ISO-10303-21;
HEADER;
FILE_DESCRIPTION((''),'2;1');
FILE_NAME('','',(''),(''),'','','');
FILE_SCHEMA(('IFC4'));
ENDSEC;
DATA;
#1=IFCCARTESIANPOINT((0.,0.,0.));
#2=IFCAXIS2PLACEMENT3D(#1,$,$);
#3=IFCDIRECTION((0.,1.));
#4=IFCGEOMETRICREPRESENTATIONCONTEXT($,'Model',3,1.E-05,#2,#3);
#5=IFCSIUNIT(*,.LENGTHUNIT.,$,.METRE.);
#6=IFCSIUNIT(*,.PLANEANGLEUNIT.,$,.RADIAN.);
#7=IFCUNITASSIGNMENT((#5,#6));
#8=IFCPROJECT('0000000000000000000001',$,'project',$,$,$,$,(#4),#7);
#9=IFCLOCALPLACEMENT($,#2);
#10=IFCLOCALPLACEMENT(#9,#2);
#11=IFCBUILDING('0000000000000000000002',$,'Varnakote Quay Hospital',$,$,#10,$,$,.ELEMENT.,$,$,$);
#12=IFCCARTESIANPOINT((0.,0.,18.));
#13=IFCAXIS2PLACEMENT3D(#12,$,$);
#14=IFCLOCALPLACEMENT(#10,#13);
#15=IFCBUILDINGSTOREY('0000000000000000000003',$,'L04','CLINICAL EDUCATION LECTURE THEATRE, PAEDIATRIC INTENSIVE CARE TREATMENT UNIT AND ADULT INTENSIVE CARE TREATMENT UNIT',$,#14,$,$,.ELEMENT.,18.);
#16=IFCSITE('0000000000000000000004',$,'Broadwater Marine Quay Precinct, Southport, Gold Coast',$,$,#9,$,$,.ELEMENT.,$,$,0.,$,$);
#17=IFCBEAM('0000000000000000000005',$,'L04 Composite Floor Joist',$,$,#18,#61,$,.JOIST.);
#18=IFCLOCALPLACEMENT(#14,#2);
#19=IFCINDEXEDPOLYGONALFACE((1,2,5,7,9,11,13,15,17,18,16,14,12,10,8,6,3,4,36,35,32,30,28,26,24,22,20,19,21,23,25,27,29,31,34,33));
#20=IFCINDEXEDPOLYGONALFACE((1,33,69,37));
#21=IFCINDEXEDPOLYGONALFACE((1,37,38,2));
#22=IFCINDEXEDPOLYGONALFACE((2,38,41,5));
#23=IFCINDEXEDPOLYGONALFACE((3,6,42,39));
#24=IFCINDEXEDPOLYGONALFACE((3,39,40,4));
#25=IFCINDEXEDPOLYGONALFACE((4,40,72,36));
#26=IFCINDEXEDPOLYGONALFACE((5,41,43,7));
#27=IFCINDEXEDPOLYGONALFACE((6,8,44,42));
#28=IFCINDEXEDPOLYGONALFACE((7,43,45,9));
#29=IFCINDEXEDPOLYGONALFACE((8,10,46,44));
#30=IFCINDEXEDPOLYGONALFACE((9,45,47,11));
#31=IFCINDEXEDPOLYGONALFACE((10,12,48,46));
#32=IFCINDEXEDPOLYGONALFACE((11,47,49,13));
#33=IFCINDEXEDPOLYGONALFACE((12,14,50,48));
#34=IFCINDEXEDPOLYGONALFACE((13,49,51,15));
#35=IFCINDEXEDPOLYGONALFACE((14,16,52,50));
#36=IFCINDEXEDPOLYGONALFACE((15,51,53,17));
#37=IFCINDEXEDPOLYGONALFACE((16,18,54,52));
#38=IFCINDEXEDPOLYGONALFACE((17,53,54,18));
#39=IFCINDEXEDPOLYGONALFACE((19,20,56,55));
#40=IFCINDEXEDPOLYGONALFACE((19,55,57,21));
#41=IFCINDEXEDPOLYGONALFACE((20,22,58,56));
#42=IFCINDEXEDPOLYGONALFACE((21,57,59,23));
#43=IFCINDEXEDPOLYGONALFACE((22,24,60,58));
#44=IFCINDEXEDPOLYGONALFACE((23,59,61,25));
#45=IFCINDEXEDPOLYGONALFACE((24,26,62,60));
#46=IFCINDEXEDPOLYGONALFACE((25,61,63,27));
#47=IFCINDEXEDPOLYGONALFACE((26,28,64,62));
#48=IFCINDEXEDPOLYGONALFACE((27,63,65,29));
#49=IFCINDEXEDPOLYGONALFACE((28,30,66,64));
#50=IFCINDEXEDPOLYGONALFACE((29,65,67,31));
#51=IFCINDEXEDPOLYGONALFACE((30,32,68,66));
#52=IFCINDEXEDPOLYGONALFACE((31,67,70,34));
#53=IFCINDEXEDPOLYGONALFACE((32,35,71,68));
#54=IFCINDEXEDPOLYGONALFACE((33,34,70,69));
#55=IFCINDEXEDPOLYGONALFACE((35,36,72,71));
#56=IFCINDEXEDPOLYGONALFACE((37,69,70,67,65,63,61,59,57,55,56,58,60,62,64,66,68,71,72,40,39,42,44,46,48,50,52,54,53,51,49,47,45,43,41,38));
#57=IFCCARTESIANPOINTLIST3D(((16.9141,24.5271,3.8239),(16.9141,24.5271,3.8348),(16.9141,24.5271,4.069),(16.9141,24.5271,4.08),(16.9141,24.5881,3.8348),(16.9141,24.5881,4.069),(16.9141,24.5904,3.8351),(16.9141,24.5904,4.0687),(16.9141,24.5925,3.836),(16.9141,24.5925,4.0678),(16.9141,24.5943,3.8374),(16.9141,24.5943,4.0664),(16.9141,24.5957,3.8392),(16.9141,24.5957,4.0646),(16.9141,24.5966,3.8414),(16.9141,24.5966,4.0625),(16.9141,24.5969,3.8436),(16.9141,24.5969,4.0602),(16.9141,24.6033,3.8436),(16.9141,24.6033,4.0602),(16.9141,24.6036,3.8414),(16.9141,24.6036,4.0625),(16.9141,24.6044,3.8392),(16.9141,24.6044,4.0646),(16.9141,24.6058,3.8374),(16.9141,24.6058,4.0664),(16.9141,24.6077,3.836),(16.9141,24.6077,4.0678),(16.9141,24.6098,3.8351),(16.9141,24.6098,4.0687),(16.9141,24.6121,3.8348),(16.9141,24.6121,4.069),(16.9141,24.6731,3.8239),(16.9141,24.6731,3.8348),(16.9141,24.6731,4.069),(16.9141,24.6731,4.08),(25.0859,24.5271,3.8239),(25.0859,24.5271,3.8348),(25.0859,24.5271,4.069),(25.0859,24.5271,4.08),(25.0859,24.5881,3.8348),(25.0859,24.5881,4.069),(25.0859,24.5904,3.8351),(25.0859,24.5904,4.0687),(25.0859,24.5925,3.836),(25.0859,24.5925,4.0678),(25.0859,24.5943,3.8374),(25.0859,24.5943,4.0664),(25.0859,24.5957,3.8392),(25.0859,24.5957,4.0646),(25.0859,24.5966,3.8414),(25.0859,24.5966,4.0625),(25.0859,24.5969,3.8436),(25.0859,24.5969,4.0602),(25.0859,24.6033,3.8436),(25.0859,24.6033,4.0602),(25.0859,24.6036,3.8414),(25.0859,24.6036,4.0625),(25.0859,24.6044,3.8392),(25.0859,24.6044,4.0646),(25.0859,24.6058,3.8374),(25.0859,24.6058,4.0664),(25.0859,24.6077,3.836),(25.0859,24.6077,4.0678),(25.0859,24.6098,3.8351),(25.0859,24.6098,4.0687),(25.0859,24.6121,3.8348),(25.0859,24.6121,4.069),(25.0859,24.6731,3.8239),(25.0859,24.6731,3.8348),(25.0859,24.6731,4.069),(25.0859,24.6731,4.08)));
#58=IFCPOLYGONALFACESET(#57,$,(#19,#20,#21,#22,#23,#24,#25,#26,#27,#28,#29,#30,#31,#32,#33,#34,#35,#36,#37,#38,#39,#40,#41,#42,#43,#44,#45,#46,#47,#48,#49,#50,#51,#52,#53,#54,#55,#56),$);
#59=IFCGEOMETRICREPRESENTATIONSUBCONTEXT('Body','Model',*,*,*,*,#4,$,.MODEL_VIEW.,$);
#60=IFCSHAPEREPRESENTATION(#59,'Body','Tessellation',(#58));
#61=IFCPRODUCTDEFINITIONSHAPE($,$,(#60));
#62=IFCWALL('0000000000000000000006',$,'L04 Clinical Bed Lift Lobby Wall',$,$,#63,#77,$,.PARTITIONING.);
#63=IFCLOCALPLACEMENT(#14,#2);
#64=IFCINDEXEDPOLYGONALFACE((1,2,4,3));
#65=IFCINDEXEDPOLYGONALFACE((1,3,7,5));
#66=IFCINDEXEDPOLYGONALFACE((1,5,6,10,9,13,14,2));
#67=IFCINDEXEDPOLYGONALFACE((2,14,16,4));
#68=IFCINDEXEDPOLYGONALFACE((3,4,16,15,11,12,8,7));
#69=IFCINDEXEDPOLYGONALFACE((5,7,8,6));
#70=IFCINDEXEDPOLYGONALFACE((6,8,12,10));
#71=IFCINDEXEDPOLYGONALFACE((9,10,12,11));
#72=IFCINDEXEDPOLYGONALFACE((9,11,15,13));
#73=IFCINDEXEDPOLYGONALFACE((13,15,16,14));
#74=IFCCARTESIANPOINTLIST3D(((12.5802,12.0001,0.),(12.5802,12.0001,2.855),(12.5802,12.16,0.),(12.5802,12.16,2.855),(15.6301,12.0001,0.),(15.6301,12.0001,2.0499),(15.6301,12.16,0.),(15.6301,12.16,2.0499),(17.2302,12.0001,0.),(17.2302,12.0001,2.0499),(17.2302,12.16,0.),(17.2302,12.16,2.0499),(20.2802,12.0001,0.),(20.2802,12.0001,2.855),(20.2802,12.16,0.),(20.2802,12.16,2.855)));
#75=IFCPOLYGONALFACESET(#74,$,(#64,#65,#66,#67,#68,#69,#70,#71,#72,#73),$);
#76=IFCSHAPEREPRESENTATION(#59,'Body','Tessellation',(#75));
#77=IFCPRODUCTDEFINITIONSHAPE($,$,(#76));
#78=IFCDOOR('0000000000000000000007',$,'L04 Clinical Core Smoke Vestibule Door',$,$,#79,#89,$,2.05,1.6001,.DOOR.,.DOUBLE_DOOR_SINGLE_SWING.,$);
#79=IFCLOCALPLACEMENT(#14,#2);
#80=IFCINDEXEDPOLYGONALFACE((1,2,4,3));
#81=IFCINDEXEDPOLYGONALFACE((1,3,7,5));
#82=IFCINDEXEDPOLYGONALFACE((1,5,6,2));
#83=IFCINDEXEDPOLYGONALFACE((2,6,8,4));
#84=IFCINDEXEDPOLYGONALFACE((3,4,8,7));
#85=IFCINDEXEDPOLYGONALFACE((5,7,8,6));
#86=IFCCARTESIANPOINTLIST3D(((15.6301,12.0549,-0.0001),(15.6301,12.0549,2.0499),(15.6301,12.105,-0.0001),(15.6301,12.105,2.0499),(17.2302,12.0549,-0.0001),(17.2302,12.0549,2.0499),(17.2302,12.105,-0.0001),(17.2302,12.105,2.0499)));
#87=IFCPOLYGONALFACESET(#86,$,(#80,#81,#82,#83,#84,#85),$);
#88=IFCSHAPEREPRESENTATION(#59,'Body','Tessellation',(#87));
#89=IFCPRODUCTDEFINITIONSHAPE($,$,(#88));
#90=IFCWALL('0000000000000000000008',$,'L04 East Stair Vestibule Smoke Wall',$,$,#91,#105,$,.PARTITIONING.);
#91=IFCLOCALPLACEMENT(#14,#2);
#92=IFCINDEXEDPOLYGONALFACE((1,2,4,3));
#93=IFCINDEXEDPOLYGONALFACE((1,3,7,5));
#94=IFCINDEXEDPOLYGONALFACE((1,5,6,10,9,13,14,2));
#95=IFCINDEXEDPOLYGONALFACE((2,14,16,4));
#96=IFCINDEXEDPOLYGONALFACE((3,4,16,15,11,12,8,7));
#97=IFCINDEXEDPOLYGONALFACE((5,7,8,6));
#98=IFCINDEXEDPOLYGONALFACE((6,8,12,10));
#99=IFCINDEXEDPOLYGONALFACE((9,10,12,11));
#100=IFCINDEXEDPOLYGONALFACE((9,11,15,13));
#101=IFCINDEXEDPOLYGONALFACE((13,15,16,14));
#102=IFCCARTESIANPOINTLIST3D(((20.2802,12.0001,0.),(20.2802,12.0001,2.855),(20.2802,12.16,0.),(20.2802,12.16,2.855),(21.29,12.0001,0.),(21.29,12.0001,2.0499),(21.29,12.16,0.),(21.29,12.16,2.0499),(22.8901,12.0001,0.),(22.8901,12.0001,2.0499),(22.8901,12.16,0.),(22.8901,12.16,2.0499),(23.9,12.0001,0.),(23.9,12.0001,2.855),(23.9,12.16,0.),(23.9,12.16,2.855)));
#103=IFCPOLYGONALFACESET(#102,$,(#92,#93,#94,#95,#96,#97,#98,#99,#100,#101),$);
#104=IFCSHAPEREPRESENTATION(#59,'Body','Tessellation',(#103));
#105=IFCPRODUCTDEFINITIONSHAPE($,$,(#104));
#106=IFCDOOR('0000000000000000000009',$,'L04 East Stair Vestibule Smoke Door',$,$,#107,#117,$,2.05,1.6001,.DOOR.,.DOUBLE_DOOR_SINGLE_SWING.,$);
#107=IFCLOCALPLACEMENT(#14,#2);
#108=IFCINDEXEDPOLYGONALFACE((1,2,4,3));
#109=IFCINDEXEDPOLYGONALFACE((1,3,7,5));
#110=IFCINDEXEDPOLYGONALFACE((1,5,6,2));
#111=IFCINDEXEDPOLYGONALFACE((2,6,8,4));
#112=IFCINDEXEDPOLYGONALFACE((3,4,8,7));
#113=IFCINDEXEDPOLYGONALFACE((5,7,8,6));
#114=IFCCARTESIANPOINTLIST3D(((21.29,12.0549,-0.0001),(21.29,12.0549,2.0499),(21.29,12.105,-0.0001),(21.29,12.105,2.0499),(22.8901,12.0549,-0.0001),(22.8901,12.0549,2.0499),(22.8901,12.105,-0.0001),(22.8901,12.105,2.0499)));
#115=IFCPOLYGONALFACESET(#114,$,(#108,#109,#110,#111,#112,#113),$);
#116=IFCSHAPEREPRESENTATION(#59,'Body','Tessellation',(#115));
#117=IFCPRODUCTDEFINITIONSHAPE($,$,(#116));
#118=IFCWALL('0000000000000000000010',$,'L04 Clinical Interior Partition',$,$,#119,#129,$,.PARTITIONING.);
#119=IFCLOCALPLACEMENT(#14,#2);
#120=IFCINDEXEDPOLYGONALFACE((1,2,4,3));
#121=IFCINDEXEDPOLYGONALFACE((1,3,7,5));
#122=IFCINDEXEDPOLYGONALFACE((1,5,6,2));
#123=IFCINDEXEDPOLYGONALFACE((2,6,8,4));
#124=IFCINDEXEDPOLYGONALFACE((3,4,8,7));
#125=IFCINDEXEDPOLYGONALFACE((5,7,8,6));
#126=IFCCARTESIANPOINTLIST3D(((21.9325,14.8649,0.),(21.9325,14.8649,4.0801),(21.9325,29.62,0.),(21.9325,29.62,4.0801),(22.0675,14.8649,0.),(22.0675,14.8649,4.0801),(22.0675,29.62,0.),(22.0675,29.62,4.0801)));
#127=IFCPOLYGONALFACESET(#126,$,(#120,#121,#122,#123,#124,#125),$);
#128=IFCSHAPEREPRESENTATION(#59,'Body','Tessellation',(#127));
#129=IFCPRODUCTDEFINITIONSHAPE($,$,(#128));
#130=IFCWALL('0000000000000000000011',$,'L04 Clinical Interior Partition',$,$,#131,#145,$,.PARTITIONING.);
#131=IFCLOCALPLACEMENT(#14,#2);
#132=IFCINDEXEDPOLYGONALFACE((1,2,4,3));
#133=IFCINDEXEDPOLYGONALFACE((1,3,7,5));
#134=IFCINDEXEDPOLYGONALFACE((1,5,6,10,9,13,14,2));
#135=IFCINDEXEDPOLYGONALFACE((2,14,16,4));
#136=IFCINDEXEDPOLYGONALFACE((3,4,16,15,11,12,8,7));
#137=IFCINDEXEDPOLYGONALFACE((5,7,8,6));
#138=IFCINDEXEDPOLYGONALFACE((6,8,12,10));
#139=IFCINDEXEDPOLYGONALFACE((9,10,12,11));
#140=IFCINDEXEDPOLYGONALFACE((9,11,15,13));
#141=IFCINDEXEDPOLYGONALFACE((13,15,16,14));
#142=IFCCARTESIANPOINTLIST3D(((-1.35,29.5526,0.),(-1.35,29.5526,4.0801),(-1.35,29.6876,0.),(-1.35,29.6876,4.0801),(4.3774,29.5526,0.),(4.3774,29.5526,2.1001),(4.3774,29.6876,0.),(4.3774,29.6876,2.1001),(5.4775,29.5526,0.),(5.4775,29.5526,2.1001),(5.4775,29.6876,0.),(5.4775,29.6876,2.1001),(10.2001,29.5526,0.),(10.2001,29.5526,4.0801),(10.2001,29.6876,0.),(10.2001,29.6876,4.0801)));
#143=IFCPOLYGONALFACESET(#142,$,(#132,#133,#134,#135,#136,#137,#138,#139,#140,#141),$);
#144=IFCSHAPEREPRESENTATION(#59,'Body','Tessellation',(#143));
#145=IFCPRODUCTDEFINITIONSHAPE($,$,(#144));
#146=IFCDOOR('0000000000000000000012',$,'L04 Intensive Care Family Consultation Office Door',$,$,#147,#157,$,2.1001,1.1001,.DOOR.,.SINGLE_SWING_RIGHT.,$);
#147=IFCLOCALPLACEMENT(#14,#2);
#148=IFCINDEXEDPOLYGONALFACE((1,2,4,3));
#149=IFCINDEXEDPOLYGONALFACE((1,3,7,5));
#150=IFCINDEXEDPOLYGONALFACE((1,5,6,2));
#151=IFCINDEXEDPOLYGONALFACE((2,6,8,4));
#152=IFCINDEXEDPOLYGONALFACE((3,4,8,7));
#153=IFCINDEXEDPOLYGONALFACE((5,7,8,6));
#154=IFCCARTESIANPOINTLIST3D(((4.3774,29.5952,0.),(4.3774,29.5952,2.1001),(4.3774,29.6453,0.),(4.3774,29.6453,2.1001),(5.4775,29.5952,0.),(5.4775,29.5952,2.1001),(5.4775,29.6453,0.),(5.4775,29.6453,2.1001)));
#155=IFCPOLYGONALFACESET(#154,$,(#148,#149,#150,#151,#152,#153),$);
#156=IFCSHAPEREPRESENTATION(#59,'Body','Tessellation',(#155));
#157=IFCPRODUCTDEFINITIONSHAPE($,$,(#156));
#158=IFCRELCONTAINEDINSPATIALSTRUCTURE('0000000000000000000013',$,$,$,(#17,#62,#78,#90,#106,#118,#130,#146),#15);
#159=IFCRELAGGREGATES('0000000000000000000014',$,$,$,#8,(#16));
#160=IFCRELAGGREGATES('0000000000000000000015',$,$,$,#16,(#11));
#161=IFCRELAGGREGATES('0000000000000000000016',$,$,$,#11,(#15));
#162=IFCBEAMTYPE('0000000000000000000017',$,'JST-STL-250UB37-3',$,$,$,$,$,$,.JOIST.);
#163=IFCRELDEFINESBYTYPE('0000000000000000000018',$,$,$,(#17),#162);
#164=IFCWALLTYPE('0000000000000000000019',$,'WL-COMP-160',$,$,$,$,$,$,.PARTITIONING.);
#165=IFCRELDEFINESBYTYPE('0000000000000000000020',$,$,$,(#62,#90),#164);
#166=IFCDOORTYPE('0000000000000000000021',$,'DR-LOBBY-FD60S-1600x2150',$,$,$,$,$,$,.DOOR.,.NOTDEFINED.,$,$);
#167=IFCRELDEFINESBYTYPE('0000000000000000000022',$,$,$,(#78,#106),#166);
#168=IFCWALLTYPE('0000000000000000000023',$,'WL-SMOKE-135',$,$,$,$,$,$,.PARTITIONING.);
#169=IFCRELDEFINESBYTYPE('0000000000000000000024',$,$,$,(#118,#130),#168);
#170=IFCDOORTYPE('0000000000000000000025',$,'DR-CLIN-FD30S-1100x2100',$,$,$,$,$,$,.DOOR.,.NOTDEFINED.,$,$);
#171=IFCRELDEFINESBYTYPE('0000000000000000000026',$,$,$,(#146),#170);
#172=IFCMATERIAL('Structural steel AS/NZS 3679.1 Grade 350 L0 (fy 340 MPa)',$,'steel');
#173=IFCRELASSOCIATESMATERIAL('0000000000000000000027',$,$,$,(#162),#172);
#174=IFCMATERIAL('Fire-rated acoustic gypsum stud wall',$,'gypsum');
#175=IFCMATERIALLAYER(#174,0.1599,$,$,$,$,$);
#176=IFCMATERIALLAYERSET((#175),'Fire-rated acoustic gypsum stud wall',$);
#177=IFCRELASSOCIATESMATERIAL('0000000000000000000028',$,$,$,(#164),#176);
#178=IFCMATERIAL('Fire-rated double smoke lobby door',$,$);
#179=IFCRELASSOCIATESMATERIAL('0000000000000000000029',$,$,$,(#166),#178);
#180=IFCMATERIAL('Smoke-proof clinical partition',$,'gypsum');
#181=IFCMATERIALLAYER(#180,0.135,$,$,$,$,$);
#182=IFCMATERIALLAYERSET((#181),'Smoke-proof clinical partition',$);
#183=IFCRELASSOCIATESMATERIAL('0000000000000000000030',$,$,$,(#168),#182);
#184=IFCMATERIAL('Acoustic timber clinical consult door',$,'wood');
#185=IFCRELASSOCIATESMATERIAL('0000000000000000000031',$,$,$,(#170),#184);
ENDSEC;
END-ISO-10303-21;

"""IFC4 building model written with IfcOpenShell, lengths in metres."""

from ifc_helpers import new_model, si_unit, direction, frame, frame_2d, origin, origin_2d, place, context, subcontext, project, spatial, rectangle, i_section, extrude, material, layer, layer_set, material_profile, profile_set, type_object, element, fill, save


model = new_model("IFC4")

# Units and contexts
model_context = context("Model", 3, precision=1e-05, world=origin(), true_north=direction((0.0, 1.0)))
body_context = subcontext(model_context, "Body", "Model", "MODEL_VIEW")
ifc_project = project(units=[si_unit("LENGTHUNIT", "METRE"), si_unit("PLANEANGLEUNIT", "RADIAN")], contexts=[model_context])

# Site, building, storey
site_placement = place(None, origin())
site = spatial("IfcSite", under=ifc_project, at=site_placement, Name="Broadwater Marine Quay Precinct, Southport, Gold Coast", CompositionType="ELEMENT", RefElevation=0.0)
building_placement = place(site_placement, origin())
building = spatial("IfcBuilding", under=site, at=building_placement, Name="Varnakote Quay Hospital", CompositionType="ELEMENT")
storey_placement = place(building_placement, frame((0.0, 0.0, 18.0)))
storey = spatial("IfcBuildingStorey", under=building, at=storey_placement, Name="L04", Description="CLINICAL EDUCATION LECTURE THEATRE, PAEDIATRIC INTENSIVE CARE TREATMENT UNIT AND ADULT INTENSIVE CARE TREATMENT UNIT", CompositionType="ELEMENT", Elevation=18.0)

# Beam
ifc_material_1 = material(Name="Structural steel AS/NZS 3679.1 Grade 350 L0 (fy 340 MPa)", Category="steel")
ifc_material_profile_1 = material_profile(ifc_material_1, i_section(OverallWidth=0.146, OverallDepth=0.2561, WebThickness=0.0063, FlangeThickness=0.011, FilletRadius=0.0088, at=origin_2d()), Name="250UB37.3")
ifc_profile_set_1 = profile_set([ifc_material_profile_1], Name="Structural steel AS/NZS 3679.1 Grade 350 L0 (fy 340 MPa)")
beam_type_1 = type_object("IfcBeamType", Name="JST-STL-250UB37-3", PredefinedType="JOIST", material=ifc_profile_set_1)
beam_1_placement = place(storey_placement, frame((16.9141, 24.6001, 3.9519), z_axis=(1.0, 0.0, 0.0), x_axis=(0.0, 1.0, 0.0)))
element("IfcBeam", 1, at=beam_1_placement, inside=storey, type_object=beam_type_1, Name="L04 Composite Floor Joist", PredefinedType="JOIST", context=body_context, shape_type="SweptSolid", body=[
    extrude(i_section(OverallWidth=0.146, OverallDepth=0.2561, WebThickness=0.0063, FlangeThickness=0.011, FilletRadius=0.0088, at=origin_2d()), origin(), (0.0, 0.0, 1.0), 8.1719),
])

# Walls, openings, doors
ifc_material_2 = material(Name="Fire-rated acoustic gypsum stud wall", Category="gypsum")
ifc_layer_1 = layer(ifc_material_2, 0.1599)
ifc_layer_set_1 = layer_set([ifc_layer_1], Name="Fire-rated acoustic gypsum stud wall")
wall_type_1 = type_object("IfcWallType", Name="WL-COMP-160", PredefinedType="PARTITIONING", material=ifc_layer_set_1)
wall_1_placement = place(storey_placement, frame((12.5801, 12.0801, 0.0), z_axis=(0.0, 0.0, 1.0), x_axis=(1.0, 0.0, 0.0)))
wall_1 = element("IfcWall", 2, at=wall_1_placement, inside=storey, type_object=wall_type_1, Name="L04 Clinical Bed Lift Lobby Wall", PredefinedType="PARTITIONING", context=body_context, shape_type="SweptSolid", body=[
    extrude(rectangle(XDim=7.7, YDim=0.1599, at=frame_2d((3.8501, 0.0))), origin(), (0.0, 0.0, 1.0), 2.855),
])
opening_1_placement = place(wall_1_placement, frame((3.05, 0.0, 0.0)))
opening_1 = element("IfcOpeningElement", 3, at=opening_1_placement, cuts=wall_1, PredefinedType="OPENING", context=body_context, shape_type="SweptSolid", body=[
    extrude(rectangle(XDim=1.6001, YDim=2.05, at=frame_2d((0.8, 1.0249))), frame((0.0, 0.0898, 0.0), z_axis=(0.0, -1.0, 0.0), x_axis=(1.0, 0.0, 0.0)), (0.0, 0.0, 1.0), 0.1799),
])
ifc_material_3 = material(Name="Fire-rated double smoke lobby door")
door_type_1 = type_object("IfcDoorType", Name="DR-LOBBY-FD60S-1600x2150", OperationType="NOTDEFINED", PredefinedType="DOOR", material=ifc_material_3)
door_1_placement = place(opening_1_placement, origin())
door_1 = element("IfcDoor", 4, at=door_1_placement, inside=storey, type_object=door_type_1, Name="L04 Clinical Core Smoke Vestibule Door", OperationType="DOUBLE_DOOR_SINGLE_SWING", OverallHeight=2.05, OverallWidth=1.6001, PredefinedType="DOOR", context=body_context, shape_type="SweptSolid", body=[
    extrude(rectangle(XDim=1.6001, YDim=2.05, at=frame_2d((0.8, 1.0249))), frame((0.0, 0.0249, 0.0), z_axis=(0.0, -1.0, 0.0), x_axis=(1.0, 0.0, 0.0)), (0.0, 0.0, 1.0), 0.05),
])
fill(opening_1, door_1)
wall_2_placement = place(storey_placement, frame((20.28, 12.0801, 0.0), z_axis=(0.0, 0.0, 1.0), x_axis=(1.0, 0.0, 0.0)))
wall_2 = element("IfcWall", 5, at=wall_2_placement, inside=storey, type_object=wall_type_1, Name="L04 East Stair Vestibule Smoke Wall", PredefinedType="PARTITIONING", context=body_context, shape_type="SweptSolid", body=[
    extrude(rectangle(XDim=3.6199, YDim=0.1599, at=frame_2d((1.8101, 0.0))), origin(), (0.0, 0.0, 1.0), 2.855),
])
opening_2_placement = place(wall_2_placement, frame((1.01, 0.0, 0.0)))
opening_2 = element("IfcOpeningElement", 6, at=opening_2_placement, cuts=wall_2, PredefinedType="OPENING", context=body_context, shape_type="SweptSolid", body=[
    extrude(rectangle(XDim=1.6001, YDim=2.05, at=frame_2d((0.8, 1.0249))), frame((0.0, 0.0898, 0.0), z_axis=(0.0, -1.0, 0.0), x_axis=(1.0, 0.0, 0.0)), (0.0, 0.0, 1.0), 0.1799),
])
door_2_placement = place(opening_2_placement, origin())
door_2 = element("IfcDoor", 7, at=door_2_placement, inside=storey, type_object=door_type_1, Name="L04 East Stair Vestibule Smoke Door", OperationType="DOUBLE_DOOR_SINGLE_SWING", OverallHeight=2.05, OverallWidth=1.6001, PredefinedType="DOOR", context=body_context, shape_type="SweptSolid", body=[
    extrude(rectangle(XDim=1.6001, YDim=2.05, at=frame_2d((0.8, 1.0249))), frame((0.0, 0.0249, 0.0), z_axis=(0.0, -1.0, 0.0), x_axis=(1.0, 0.0, 0.0)), (0.0, 0.0, 1.0), 0.05),
])
fill(opening_2, door_2)

# Wall
ifc_material_4 = material(Name="Smoke-proof clinical partition", Category="gypsum")
ifc_layer_2 = layer(ifc_material_4, 0.135)
ifc_layer_set_2 = layer_set([ifc_layer_2], Name="Smoke-proof clinical partition")
wall_type_2 = type_object("IfcWallType", Name="WL-SMOKE-135", PredefinedType="PARTITIONING", material=ifc_layer_set_2)
wall_3_placement = place(storey_placement, frame((22.0, 14.865, 0.0), z_axis=(0.0, 0.0, 1.0), x_axis=(0.0, 1.0, 0.0)))
element("IfcWall", 8, at=wall_3_placement, inside=storey, type_object=wall_type_2, Name="L04 Clinical Interior Partition", PredefinedType="PARTITIONING", context=body_context, shape_type="SweptSolid", body=[
    extrude(rectangle(XDim=14.7551, YDim=0.135, at=frame_2d((7.3774, 0.0))), origin(), (0.0, 0.0, 1.0), 4.0801),
])

# Wall, opening, door
wall_4_placement = place(storey_placement, frame((10.2, 29.6201, 0.0), z_axis=(0.0, 0.0, 1.0), x_axis=(-1.0, 0.0, 0.0)))
wall_4 = element("IfcWall", 9, at=wall_4_placement, inside=storey, type_object=wall_type_2, Name="L04 Clinical Interior Partition", PredefinedType="PARTITIONING", context=body_context, shape_type="SweptSolid", body=[
    extrude(rectangle(XDim=11.55, YDim=0.135, at=frame_2d((5.7749, 0.0))), origin(), (0.0, 0.0, 1.0), 4.0801),
])
opening_3_placement = place(wall_4_placement, frame((4.7224, 0.0, 0.0)))
opening_3 = element("IfcOpeningElement", 10, at=opening_3_placement, cuts=wall_4, PredefinedType="OPENING", context=body_context, shape_type="SweptSolid", body=[
    extrude(rectangle(XDim=1.1001, YDim=2.1001, at=frame_2d((0.55, 1.05))), frame((0.0, 0.0774, 0.0), z_axis=(0.0, -1.0, 0.0), x_axis=(1.0, 0.0, 0.0)), (0.0, 0.0, 1.0), 0.155),
])
ifc_material_5 = material(Name="Acoustic timber clinical consult door", Category="wood")
door_type_2 = type_object("IfcDoorType", Name="DR-CLIN-FD30S-1100x2100", OperationType="NOTDEFINED", PredefinedType="DOOR", material=ifc_material_5)
door_3_placement = place(opening_3_placement, origin())
door_3 = element("IfcDoor", 11, at=door_3_placement, inside=storey, type_object=door_type_2, Name="L04 Intensive Care Family Consultation Office Door", OperationType="SINGLE_SWING_RIGHT", OverallHeight=2.1001, OverallWidth=1.1001, PredefinedType="DOOR", context=body_context, shape_type="SweptSolid", body=[
    extrude(rectangle(XDim=1.1001, YDim=2.1001, at=frame_2d((0.55, 1.05))), frame((0.0, 0.0249, 0.0), z_axis=(0.0, -1.0, 0.0), x_axis=(1.0, 0.0, 0.0)), (0.0, 0.0, 1.0), 0.05),
])
fill(opening_3, door_3)

save(model, "model.ifc")
